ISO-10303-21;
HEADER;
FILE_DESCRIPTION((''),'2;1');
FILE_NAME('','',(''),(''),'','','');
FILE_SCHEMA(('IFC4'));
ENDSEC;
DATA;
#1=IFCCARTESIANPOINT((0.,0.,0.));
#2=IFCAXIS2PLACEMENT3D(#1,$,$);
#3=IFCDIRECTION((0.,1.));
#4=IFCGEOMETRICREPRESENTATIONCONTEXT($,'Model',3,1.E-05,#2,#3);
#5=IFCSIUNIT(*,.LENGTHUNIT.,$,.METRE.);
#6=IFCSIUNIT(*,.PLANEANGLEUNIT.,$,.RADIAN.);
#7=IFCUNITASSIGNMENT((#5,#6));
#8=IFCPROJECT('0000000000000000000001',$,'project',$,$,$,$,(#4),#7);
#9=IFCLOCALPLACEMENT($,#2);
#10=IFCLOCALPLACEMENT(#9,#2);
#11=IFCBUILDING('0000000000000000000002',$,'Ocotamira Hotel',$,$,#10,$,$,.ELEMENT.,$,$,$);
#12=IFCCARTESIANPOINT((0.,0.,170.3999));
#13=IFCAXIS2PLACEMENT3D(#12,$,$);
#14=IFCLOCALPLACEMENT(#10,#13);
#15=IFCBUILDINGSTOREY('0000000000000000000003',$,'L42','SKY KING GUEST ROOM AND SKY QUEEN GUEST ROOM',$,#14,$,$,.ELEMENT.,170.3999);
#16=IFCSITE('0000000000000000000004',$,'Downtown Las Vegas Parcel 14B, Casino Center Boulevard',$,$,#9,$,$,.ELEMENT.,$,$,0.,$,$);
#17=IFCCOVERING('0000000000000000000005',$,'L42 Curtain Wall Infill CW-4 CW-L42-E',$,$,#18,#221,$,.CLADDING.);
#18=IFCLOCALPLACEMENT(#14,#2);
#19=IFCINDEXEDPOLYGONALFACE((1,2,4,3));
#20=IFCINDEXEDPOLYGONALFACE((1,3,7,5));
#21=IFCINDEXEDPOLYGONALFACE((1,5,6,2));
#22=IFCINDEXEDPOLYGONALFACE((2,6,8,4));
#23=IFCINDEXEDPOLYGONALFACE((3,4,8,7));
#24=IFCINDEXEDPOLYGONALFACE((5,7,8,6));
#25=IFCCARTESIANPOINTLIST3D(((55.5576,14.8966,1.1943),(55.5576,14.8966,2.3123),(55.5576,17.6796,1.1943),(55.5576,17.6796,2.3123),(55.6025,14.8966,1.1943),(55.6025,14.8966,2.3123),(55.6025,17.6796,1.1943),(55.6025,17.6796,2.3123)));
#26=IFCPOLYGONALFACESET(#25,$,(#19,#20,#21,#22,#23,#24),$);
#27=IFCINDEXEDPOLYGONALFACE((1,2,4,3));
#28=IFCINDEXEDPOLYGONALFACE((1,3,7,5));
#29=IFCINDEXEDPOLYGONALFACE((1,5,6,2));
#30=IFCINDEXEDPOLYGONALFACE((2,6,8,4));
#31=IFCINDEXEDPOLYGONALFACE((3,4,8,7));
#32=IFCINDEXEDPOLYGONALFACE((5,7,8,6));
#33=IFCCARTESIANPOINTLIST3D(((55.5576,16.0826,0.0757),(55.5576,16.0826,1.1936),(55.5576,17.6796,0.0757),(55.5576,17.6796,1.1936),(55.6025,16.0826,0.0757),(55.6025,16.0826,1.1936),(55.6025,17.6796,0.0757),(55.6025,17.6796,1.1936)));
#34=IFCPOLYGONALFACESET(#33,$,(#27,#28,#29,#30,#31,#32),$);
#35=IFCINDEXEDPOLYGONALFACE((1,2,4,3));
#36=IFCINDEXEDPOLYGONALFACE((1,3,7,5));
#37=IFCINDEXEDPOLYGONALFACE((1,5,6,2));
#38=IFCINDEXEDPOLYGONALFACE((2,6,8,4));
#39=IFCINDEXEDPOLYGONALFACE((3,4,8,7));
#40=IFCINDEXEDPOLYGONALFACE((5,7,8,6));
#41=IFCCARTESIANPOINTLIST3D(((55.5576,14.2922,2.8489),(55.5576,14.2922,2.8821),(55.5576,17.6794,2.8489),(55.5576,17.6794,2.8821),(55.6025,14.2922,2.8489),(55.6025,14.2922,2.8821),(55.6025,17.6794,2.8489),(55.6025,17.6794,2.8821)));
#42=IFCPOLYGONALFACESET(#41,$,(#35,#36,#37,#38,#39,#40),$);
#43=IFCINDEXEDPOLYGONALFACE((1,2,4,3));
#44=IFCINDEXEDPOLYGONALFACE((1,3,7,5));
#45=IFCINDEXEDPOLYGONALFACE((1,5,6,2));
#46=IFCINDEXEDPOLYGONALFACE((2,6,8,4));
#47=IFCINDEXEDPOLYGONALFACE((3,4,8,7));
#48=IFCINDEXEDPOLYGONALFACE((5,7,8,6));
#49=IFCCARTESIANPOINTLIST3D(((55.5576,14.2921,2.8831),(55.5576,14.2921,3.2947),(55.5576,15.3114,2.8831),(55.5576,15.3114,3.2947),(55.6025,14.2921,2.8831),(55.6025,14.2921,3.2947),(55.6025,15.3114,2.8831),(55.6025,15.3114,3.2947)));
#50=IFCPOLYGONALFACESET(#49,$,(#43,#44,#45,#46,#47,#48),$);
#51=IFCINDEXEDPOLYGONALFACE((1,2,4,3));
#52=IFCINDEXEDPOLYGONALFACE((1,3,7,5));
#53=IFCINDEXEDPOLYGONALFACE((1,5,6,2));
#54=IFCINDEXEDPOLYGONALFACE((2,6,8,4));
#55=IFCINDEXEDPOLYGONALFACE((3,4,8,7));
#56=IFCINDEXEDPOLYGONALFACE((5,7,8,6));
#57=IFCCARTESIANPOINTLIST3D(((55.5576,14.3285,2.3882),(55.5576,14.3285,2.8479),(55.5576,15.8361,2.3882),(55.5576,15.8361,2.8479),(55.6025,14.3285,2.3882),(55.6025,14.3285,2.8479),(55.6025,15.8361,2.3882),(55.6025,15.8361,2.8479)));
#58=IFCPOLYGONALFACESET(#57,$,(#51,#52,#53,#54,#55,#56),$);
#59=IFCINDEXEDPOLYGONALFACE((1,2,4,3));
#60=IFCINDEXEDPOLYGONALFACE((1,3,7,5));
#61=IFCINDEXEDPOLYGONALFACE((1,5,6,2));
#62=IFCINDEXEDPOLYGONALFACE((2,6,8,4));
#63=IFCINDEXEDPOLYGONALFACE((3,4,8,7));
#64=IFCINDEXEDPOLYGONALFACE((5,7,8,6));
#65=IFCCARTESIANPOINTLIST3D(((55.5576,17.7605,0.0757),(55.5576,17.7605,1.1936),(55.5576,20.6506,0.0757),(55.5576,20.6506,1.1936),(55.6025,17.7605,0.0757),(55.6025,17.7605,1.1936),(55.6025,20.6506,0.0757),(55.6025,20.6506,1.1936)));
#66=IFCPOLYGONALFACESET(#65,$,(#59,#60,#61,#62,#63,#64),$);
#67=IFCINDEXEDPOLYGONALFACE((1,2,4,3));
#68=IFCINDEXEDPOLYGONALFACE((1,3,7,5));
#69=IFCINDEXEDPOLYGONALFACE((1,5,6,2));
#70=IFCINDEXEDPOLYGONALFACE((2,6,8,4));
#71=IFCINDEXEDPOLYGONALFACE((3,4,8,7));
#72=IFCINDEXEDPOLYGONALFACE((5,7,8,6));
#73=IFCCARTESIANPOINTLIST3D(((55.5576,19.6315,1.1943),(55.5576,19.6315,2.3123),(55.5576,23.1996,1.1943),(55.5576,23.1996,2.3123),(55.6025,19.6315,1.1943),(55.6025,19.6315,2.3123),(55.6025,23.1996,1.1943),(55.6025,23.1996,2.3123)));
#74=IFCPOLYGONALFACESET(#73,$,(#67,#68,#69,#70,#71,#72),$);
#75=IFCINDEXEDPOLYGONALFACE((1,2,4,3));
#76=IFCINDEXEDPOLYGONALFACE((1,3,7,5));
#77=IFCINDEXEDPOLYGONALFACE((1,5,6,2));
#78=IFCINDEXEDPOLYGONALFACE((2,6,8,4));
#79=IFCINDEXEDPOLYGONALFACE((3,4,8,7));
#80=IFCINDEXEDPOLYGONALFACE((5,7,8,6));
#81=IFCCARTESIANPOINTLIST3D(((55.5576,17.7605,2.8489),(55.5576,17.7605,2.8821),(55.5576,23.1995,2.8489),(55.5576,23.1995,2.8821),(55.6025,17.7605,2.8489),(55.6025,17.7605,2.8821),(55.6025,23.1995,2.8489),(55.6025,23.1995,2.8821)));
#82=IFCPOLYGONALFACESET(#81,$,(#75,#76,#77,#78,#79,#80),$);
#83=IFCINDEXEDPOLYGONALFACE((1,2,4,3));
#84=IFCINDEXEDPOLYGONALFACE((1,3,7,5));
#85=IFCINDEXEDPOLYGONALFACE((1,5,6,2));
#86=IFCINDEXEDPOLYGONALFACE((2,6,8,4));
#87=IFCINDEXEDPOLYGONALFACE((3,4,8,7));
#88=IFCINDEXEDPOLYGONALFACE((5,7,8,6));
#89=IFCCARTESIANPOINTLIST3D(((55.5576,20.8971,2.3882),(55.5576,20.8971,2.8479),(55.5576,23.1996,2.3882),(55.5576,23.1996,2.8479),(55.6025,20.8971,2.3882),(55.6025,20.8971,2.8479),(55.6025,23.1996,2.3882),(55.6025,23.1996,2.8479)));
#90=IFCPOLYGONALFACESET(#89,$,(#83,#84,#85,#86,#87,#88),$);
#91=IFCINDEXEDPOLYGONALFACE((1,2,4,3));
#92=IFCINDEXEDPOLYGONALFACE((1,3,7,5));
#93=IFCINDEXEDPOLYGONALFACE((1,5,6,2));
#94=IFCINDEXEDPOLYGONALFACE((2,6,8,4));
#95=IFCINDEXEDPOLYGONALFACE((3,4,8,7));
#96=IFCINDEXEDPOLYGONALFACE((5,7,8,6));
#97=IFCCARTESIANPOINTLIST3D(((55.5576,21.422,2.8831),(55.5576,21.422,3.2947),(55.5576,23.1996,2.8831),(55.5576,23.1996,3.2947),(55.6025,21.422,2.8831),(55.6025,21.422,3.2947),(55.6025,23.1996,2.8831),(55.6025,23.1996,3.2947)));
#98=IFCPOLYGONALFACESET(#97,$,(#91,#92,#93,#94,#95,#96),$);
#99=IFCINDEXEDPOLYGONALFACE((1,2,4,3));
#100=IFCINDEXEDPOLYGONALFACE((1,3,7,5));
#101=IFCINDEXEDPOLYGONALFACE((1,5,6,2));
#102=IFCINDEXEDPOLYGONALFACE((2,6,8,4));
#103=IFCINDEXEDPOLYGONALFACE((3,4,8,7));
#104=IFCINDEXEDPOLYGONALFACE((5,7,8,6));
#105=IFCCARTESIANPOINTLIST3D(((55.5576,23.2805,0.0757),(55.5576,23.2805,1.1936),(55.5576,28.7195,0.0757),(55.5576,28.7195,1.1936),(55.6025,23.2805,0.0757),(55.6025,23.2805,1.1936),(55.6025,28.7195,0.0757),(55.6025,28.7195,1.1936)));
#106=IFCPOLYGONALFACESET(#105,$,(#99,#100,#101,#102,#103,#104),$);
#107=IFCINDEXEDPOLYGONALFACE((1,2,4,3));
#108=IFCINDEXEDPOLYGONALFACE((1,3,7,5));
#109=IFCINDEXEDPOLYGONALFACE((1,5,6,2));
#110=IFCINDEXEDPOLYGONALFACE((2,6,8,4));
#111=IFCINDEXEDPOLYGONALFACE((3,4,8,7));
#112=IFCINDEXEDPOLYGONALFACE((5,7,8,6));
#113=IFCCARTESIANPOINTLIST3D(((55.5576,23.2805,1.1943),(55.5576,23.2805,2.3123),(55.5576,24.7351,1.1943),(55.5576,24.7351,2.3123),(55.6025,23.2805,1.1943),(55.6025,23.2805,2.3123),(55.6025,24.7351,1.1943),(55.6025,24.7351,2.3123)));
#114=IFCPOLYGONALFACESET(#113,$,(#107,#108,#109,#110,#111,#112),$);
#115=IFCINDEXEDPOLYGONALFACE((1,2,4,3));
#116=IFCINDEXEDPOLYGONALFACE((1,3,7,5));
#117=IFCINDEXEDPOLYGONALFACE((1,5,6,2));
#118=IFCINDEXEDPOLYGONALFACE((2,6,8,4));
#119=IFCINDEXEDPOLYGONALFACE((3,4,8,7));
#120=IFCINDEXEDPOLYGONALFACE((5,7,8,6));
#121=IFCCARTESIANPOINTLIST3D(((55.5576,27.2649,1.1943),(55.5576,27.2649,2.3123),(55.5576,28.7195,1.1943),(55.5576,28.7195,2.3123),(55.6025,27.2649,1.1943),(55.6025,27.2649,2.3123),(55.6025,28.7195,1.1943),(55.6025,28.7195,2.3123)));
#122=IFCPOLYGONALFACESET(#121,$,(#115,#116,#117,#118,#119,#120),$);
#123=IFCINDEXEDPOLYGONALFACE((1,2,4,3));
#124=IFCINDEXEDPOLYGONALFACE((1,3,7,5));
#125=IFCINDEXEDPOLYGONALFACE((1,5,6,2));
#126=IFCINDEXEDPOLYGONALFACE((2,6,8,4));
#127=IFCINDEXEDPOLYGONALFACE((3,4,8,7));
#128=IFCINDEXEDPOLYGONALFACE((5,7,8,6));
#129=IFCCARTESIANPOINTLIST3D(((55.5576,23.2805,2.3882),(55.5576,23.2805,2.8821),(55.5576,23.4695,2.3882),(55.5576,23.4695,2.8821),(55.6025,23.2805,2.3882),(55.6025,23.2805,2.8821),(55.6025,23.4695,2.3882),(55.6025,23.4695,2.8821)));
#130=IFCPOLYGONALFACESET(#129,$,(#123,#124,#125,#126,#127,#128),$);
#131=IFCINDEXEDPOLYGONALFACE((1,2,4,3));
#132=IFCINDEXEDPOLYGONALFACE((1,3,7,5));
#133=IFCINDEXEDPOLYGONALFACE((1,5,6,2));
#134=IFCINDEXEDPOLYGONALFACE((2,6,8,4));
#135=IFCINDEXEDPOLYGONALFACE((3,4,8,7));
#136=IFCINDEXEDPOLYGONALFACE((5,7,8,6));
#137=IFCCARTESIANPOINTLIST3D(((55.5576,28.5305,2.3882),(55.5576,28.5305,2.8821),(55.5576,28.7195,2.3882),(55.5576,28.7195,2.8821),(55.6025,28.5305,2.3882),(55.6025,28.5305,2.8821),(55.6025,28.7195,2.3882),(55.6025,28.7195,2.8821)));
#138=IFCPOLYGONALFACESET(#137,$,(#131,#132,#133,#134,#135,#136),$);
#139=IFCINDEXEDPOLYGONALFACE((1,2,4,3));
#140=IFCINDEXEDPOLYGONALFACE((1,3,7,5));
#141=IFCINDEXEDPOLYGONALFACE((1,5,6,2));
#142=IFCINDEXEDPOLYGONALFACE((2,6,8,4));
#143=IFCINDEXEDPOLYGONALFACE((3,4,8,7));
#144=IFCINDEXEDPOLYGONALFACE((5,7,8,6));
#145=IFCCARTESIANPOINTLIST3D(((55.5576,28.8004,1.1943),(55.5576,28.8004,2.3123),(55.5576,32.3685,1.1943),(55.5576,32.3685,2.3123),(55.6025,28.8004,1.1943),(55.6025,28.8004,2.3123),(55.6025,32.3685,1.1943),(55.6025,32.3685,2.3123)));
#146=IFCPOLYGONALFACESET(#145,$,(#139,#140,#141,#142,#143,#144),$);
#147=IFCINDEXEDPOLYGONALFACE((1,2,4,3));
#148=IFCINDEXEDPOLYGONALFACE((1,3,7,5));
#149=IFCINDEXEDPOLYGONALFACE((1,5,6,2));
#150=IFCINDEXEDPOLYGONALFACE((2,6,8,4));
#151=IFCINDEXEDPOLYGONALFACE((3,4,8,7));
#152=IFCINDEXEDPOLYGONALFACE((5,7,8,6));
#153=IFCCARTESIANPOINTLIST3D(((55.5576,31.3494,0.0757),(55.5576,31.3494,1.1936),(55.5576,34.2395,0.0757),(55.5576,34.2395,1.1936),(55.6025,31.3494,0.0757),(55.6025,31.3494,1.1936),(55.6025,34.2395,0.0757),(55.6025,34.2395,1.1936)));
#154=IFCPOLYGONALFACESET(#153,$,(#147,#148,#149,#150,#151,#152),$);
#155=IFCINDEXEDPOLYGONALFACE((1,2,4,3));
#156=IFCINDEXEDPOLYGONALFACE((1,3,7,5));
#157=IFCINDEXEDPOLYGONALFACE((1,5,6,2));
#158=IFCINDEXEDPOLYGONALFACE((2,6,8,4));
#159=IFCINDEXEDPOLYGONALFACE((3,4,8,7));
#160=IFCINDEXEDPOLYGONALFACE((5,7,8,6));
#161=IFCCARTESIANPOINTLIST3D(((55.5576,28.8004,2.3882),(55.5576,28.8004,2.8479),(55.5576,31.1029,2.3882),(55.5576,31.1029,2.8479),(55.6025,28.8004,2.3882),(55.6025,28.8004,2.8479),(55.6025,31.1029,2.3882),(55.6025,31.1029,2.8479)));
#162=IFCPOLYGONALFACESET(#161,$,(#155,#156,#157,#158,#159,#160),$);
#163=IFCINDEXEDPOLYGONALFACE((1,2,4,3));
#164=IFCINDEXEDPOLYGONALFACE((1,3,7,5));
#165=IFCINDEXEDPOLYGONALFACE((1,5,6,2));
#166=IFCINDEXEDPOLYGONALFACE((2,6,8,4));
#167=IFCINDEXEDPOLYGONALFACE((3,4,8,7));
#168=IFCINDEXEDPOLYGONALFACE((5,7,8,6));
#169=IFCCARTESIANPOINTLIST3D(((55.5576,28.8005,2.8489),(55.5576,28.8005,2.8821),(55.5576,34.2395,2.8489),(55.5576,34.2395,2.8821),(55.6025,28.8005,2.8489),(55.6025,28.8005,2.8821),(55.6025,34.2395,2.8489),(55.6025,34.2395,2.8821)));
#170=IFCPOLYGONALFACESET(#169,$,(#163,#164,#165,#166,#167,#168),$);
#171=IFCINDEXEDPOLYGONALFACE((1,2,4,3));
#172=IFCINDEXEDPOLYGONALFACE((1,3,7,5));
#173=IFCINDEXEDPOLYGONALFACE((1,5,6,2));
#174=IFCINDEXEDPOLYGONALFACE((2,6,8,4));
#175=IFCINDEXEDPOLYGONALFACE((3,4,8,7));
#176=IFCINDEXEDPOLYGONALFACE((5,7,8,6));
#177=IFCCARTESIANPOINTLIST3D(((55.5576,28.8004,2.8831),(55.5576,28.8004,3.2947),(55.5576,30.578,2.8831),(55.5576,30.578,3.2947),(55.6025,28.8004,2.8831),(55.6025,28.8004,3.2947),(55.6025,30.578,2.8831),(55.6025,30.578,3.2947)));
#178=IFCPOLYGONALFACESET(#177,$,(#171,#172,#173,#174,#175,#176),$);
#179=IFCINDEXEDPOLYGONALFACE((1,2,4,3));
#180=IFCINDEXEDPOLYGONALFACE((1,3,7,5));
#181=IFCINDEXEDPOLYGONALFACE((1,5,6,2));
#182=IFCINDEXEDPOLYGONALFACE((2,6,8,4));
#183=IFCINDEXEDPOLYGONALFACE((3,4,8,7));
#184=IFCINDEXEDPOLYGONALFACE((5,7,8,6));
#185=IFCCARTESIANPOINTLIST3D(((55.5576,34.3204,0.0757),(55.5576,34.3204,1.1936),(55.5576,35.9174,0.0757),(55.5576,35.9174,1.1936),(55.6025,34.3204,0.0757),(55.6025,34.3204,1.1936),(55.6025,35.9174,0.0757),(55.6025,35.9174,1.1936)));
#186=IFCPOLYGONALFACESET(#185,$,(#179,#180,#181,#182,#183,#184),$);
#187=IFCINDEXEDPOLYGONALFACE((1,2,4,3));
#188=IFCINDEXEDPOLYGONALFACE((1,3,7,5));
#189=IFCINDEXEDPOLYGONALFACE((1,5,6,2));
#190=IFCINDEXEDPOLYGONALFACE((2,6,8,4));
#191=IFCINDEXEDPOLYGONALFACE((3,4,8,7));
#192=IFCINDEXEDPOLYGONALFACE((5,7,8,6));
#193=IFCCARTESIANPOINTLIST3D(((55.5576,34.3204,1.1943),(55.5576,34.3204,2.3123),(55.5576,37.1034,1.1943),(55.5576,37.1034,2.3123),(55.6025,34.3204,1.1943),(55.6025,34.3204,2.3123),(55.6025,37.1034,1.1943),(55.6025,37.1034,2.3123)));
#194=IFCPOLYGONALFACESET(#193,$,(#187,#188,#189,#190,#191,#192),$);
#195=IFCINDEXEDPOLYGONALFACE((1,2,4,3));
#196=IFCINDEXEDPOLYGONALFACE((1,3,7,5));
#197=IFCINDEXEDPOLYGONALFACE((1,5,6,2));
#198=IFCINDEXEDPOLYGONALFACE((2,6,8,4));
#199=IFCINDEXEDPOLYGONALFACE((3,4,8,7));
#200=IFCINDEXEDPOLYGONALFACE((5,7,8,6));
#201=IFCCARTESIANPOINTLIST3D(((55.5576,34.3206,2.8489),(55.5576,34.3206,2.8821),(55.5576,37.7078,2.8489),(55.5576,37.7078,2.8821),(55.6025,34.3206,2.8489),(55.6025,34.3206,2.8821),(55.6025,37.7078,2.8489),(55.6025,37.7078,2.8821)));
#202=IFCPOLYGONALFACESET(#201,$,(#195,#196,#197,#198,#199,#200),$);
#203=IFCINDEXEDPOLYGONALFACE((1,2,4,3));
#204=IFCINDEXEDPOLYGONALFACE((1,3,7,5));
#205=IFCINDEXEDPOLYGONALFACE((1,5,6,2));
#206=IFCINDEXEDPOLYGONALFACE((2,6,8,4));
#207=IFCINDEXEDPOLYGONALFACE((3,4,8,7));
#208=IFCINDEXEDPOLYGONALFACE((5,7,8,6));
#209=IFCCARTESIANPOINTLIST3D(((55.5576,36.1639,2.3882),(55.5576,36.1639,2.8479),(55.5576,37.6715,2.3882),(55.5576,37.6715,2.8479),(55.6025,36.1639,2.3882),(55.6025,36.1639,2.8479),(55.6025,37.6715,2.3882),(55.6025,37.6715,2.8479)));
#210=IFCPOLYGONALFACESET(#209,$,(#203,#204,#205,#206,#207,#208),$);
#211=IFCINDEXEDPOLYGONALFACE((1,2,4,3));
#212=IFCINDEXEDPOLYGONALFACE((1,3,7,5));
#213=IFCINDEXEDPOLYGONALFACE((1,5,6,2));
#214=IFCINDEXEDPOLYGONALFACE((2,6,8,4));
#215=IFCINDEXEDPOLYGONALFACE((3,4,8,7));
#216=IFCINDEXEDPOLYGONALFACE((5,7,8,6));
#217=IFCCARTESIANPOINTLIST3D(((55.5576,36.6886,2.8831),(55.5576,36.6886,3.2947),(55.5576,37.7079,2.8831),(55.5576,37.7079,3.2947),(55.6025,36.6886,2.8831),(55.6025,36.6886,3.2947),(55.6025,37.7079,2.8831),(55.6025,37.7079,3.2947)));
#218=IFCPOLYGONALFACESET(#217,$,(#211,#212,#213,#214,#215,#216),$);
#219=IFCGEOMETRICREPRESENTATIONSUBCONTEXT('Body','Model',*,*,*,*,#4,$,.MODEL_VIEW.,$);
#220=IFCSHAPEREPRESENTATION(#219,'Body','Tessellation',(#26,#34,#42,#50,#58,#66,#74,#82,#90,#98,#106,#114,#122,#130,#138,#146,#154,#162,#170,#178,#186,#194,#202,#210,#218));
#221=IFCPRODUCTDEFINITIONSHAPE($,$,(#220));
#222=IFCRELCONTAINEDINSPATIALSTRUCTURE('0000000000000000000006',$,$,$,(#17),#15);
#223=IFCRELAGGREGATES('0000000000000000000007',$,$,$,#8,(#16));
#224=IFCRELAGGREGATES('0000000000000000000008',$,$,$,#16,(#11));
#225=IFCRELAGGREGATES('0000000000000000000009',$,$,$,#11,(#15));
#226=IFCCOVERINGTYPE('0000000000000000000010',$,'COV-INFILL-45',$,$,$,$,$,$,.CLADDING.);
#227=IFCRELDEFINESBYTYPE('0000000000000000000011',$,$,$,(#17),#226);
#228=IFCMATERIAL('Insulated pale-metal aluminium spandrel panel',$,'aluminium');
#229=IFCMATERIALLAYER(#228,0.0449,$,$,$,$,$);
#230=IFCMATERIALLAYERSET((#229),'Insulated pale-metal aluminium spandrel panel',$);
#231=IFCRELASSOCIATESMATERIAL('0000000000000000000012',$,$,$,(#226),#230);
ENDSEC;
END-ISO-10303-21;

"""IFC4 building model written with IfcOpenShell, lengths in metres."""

from ifc_helpers import new_model, si_unit, direction, frame, origin, origin_2d, place, context, subcontext, project, spatial, rectangle, extrude, material, layer, layer_set, type_object, element, save


model = new_model("IFC4")

# Units and contexts
model_context = context("Model", 3, precision=1e-05, world=origin(), true_north=direction((0.0, 1.0)))
body_context = subcontext(model_context, "Body", "Model", "MODEL_VIEW")
ifc_project = project(units=[si_unit("LENGTHUNIT", "METRE"), si_unit("PLANEANGLEUNIT", "RADIAN")], contexts=[model_context])

# Site, building, storey
site_placement = place(None, origin())
site = spatial("IfcSite", under=ifc_project, at=site_placement, Name="Downtown Las Vegas Parcel 14B, Casino Center Boulevard", CompositionType="ELEMENT", RefElevation=0.0)
building_placement = place(site_placement, origin())
building = spatial("IfcBuilding", under=site, at=building_placement, Name="Ocotamira Hotel", CompositionType="ELEMENT")
storey_placement = place(building_placement, frame((0.0, 0.0, 170.3999)))
storey = spatial("IfcBuildingStorey", under=building, at=storey_placement, Name="L42", Description="SKY KING GUEST ROOM AND SKY QUEEN GUEST ROOM", CompositionType="ELEMENT", Elevation=170.3999)

# Covering
ifc_material_1 = material(Name="Insulated pale-metal aluminium spandrel panel", Category="aluminium")
ifc_layer_1 = layer(ifc_material_1, 0.0449)
ifc_layer_set_1 = layer_set([ifc_layer_1], Name="Insulated pale-metal aluminium spandrel panel")
covering_type_1 = type_object("IfcCoveringType", Name="COV-INFILL-45", PredefinedType="CLADDING", material=ifc_layer_set_1)
covering_1_placement = place(storey_placement, origin())
element("IfcCovering", 1, at=covering_1_placement, inside=storey, type_object=covering_type_1, Name="L42 Curtain Wall Infill CW-4 CW-L42-E", PredefinedType="CLADDING", context=body_context, shape_type="SweptSolid", body=[
    extrude(rectangle(XDim=2.783, YDim=0.0449, at=origin_2d()), frame((55.5801, 16.2881, 1.1943), z_axis=(0.0, 0.0, 1.0), x_axis=(0.0, 1.0, 0.0)), (0.0, 0.0, 1.0), 1.1179),
    extrude(rectangle(XDim=1.5969, YDim=0.0449, at=origin_2d()), frame((55.5801, 16.8811, 0.0757), z_axis=(0.0, 0.0, 1.0), x_axis=(0.0, 1.0, 0.0)), (0.0, 0.0, 1.0), 1.1179),
    extrude(rectangle(XDim=3.3872, YDim=0.0449, at=origin_2d()), frame((55.5801, 15.9858, 2.8489), z_axis=(0.0, 0.0, 1.0), x_axis=(0.0, 1.0, 0.0)), (0.0, 0.0, 1.0), 0.0332),
    extrude(rectangle(XDim=1.0193, YDim=0.0449, at=origin_2d()), frame((55.5801, 14.8018, 2.8831), z_axis=(0.0, 0.0, 1.0), x_axis=(0.0, 1.0, 0.0)), (0.0, 0.0, 1.0), 0.4116),
    extrude(rectangle(XDim=1.5076, YDim=0.0449, at=origin_2d()), frame((55.5801, 15.0823, 2.3882), z_axis=(0.0, 0.0, 1.0), x_axis=(0.0, 1.0, 0.0)), (0.0, 0.0, 1.0), 0.4597),
    extrude(rectangle(XDim=2.8901, YDim=0.0449, at=origin_2d()), frame((55.5801, 19.2056, 0.0757), z_axis=(0.0, 0.0, 1.0), x_axis=(0.0, 1.0, 0.0)), (0.0, 0.0, 1.0), 1.1179),
    extrude(rectangle(XDim=3.5681, YDim=0.0449, at=origin_2d()), frame((55.5801, 21.4155, 1.1943), z_axis=(0.0, 0.0, 1.0), x_axis=(0.0, 1.0, 0.0)), (0.0, 0.0, 1.0), 1.1179),
    extrude(rectangle(XDim=5.439, YDim=0.0449, at=origin_2d()), frame((55.5801, 20.48, 2.8489), z_axis=(0.0, 0.0, 1.0), x_axis=(0.0, 1.0, 0.0)), (0.0, 0.0, 1.0), 0.0332),
    extrude(rectangle(XDim=2.3025, YDim=0.0449, at=origin_2d()), frame((55.5801, 22.0483, 2.3882), z_axis=(0.0, 0.0, 1.0), x_axis=(0.0, 1.0, 0.0)), (0.0, 0.0, 1.0), 0.4597),
    extrude(rectangle(XDim=1.7776, YDim=0.0449, at=origin_2d()), frame((55.5801, 22.3108, 2.8831), z_axis=(0.0, 0.0, 1.0), x_axis=(0.0, 1.0, 0.0)), (0.0, 0.0, 1.0), 0.4116),
    extrude(rectangle(XDim=5.439, YDim=0.0449, at=origin_2d()), frame((55.5801, 26.0, 0.0757), z_axis=(0.0, 0.0, 1.0), x_axis=(0.0, 1.0, 0.0)), (0.0, 0.0, 1.0), 1.1179),
    extrude(rectangle(XDim=1.4546, YDim=0.0449, at=origin_2d()), frame((55.5801, 24.0078, 1.1943), z_axis=(0.0, 0.0, 1.0), x_axis=(0.0, 1.0, 0.0)), (0.0, 0.0, 1.0), 1.1179),
    extrude(rectangle(XDim=1.4546, YDim=0.0449, at=origin_2d()), frame((55.5801, 27.9922, 1.1943), z_axis=(0.0, 0.0, 1.0), x_axis=(0.0, 1.0, 0.0)), (0.0, 0.0, 1.0), 1.1179),
    extrude(rectangle(XDim=0.189, YDim=0.0449, at=origin_2d()), frame((55.5801, 23.375, 2.3882), z_axis=(0.0, 0.0, 1.0), x_axis=(0.0, 1.0, 0.0)), (0.0, 0.0, 1.0), 0.4939),
    extrude(rectangle(XDim=0.189, YDim=0.0449, at=origin_2d()), frame((55.5801, 28.625, 2.3882), z_axis=(0.0, 0.0, 1.0), x_axis=(0.0, 1.0, 0.0)), (0.0, 0.0, 1.0), 0.4939),
    extrude(rectangle(XDim=3.5681, YDim=0.0449, at=origin_2d()), frame((55.5801, 30.5845, 1.1943), z_axis=(0.0, 0.0, 1.0), x_axis=(0.0, 1.0, 0.0)), (0.0, 0.0, 1.0), 1.1179),
    extrude(rectangle(XDim=2.8901, YDim=0.0449, at=origin_2d()), frame((55.5801, 32.7944, 0.0757), z_axis=(0.0, 0.0, 1.0), x_axis=(0.0, 1.0, 0.0)), (0.0, 0.0, 1.0), 1.1179),
    extrude(rectangle(XDim=2.3025, YDim=0.0449, at=origin_2d()), frame((55.5801, 29.9517, 2.3882), z_axis=(0.0, 0.0, 1.0), x_axis=(0.0, 1.0, 0.0)), (0.0, 0.0, 1.0), 0.4597),
    extrude(rectangle(XDim=5.439, YDim=0.0449, at=origin_2d()), frame((55.5801, 31.52, 2.8489), z_axis=(0.0, 0.0, 1.0), x_axis=(0.0, 1.0, 0.0)), (0.0, 0.0, 1.0), 0.0332),
    extrude(rectangle(XDim=1.7776, YDim=0.0449, at=origin_2d()), frame((55.5801, 29.6892, 2.8831), z_axis=(0.0, 0.0, 1.0), x_axis=(0.0, 1.0, 0.0)), (0.0, 0.0, 1.0), 0.4116),
    extrude(rectangle(XDim=1.5969, YDim=0.0449, at=origin_2d()), frame((55.5801, 35.1189, 0.0757), z_axis=(0.0, 0.0, 1.0), x_axis=(0.0, 1.0, 0.0)), (0.0, 0.0, 1.0), 1.1179),
    extrude(rectangle(XDim=2.783, YDim=0.0449, at=origin_2d()), frame((55.5801, 35.7119, 1.1943), z_axis=(0.0, 0.0, 1.0), x_axis=(0.0, 1.0, 0.0)), (0.0, 0.0, 1.0), 1.1179),
    extrude(rectangle(XDim=3.3872, YDim=0.0449, at=origin_2d()), frame((55.5801, 36.0142, 2.8489), z_axis=(0.0, 0.0, 1.0), x_axis=(0.0, 1.0, 0.0)), (0.0, 0.0, 1.0), 0.0332),
    extrude(rectangle(XDim=1.5076, YDim=0.0449, at=origin_2d()), frame((55.5801, 36.9177, 2.3882), z_axis=(0.0, 0.0, 1.0), x_axis=(0.0, 1.0, 0.0)), (0.0, 0.0, 1.0), 0.4597),
    extrude(rectangle(XDim=1.0193, YDim=0.0449, at=origin_2d()), frame((55.5801, 37.1982, 2.8831), z_axis=(0.0, 0.0, 1.0), x_axis=(0.0, 1.0, 0.0)), (0.0, 0.0, 1.0), 0.4116),
])

save(model, "model.ifc")
